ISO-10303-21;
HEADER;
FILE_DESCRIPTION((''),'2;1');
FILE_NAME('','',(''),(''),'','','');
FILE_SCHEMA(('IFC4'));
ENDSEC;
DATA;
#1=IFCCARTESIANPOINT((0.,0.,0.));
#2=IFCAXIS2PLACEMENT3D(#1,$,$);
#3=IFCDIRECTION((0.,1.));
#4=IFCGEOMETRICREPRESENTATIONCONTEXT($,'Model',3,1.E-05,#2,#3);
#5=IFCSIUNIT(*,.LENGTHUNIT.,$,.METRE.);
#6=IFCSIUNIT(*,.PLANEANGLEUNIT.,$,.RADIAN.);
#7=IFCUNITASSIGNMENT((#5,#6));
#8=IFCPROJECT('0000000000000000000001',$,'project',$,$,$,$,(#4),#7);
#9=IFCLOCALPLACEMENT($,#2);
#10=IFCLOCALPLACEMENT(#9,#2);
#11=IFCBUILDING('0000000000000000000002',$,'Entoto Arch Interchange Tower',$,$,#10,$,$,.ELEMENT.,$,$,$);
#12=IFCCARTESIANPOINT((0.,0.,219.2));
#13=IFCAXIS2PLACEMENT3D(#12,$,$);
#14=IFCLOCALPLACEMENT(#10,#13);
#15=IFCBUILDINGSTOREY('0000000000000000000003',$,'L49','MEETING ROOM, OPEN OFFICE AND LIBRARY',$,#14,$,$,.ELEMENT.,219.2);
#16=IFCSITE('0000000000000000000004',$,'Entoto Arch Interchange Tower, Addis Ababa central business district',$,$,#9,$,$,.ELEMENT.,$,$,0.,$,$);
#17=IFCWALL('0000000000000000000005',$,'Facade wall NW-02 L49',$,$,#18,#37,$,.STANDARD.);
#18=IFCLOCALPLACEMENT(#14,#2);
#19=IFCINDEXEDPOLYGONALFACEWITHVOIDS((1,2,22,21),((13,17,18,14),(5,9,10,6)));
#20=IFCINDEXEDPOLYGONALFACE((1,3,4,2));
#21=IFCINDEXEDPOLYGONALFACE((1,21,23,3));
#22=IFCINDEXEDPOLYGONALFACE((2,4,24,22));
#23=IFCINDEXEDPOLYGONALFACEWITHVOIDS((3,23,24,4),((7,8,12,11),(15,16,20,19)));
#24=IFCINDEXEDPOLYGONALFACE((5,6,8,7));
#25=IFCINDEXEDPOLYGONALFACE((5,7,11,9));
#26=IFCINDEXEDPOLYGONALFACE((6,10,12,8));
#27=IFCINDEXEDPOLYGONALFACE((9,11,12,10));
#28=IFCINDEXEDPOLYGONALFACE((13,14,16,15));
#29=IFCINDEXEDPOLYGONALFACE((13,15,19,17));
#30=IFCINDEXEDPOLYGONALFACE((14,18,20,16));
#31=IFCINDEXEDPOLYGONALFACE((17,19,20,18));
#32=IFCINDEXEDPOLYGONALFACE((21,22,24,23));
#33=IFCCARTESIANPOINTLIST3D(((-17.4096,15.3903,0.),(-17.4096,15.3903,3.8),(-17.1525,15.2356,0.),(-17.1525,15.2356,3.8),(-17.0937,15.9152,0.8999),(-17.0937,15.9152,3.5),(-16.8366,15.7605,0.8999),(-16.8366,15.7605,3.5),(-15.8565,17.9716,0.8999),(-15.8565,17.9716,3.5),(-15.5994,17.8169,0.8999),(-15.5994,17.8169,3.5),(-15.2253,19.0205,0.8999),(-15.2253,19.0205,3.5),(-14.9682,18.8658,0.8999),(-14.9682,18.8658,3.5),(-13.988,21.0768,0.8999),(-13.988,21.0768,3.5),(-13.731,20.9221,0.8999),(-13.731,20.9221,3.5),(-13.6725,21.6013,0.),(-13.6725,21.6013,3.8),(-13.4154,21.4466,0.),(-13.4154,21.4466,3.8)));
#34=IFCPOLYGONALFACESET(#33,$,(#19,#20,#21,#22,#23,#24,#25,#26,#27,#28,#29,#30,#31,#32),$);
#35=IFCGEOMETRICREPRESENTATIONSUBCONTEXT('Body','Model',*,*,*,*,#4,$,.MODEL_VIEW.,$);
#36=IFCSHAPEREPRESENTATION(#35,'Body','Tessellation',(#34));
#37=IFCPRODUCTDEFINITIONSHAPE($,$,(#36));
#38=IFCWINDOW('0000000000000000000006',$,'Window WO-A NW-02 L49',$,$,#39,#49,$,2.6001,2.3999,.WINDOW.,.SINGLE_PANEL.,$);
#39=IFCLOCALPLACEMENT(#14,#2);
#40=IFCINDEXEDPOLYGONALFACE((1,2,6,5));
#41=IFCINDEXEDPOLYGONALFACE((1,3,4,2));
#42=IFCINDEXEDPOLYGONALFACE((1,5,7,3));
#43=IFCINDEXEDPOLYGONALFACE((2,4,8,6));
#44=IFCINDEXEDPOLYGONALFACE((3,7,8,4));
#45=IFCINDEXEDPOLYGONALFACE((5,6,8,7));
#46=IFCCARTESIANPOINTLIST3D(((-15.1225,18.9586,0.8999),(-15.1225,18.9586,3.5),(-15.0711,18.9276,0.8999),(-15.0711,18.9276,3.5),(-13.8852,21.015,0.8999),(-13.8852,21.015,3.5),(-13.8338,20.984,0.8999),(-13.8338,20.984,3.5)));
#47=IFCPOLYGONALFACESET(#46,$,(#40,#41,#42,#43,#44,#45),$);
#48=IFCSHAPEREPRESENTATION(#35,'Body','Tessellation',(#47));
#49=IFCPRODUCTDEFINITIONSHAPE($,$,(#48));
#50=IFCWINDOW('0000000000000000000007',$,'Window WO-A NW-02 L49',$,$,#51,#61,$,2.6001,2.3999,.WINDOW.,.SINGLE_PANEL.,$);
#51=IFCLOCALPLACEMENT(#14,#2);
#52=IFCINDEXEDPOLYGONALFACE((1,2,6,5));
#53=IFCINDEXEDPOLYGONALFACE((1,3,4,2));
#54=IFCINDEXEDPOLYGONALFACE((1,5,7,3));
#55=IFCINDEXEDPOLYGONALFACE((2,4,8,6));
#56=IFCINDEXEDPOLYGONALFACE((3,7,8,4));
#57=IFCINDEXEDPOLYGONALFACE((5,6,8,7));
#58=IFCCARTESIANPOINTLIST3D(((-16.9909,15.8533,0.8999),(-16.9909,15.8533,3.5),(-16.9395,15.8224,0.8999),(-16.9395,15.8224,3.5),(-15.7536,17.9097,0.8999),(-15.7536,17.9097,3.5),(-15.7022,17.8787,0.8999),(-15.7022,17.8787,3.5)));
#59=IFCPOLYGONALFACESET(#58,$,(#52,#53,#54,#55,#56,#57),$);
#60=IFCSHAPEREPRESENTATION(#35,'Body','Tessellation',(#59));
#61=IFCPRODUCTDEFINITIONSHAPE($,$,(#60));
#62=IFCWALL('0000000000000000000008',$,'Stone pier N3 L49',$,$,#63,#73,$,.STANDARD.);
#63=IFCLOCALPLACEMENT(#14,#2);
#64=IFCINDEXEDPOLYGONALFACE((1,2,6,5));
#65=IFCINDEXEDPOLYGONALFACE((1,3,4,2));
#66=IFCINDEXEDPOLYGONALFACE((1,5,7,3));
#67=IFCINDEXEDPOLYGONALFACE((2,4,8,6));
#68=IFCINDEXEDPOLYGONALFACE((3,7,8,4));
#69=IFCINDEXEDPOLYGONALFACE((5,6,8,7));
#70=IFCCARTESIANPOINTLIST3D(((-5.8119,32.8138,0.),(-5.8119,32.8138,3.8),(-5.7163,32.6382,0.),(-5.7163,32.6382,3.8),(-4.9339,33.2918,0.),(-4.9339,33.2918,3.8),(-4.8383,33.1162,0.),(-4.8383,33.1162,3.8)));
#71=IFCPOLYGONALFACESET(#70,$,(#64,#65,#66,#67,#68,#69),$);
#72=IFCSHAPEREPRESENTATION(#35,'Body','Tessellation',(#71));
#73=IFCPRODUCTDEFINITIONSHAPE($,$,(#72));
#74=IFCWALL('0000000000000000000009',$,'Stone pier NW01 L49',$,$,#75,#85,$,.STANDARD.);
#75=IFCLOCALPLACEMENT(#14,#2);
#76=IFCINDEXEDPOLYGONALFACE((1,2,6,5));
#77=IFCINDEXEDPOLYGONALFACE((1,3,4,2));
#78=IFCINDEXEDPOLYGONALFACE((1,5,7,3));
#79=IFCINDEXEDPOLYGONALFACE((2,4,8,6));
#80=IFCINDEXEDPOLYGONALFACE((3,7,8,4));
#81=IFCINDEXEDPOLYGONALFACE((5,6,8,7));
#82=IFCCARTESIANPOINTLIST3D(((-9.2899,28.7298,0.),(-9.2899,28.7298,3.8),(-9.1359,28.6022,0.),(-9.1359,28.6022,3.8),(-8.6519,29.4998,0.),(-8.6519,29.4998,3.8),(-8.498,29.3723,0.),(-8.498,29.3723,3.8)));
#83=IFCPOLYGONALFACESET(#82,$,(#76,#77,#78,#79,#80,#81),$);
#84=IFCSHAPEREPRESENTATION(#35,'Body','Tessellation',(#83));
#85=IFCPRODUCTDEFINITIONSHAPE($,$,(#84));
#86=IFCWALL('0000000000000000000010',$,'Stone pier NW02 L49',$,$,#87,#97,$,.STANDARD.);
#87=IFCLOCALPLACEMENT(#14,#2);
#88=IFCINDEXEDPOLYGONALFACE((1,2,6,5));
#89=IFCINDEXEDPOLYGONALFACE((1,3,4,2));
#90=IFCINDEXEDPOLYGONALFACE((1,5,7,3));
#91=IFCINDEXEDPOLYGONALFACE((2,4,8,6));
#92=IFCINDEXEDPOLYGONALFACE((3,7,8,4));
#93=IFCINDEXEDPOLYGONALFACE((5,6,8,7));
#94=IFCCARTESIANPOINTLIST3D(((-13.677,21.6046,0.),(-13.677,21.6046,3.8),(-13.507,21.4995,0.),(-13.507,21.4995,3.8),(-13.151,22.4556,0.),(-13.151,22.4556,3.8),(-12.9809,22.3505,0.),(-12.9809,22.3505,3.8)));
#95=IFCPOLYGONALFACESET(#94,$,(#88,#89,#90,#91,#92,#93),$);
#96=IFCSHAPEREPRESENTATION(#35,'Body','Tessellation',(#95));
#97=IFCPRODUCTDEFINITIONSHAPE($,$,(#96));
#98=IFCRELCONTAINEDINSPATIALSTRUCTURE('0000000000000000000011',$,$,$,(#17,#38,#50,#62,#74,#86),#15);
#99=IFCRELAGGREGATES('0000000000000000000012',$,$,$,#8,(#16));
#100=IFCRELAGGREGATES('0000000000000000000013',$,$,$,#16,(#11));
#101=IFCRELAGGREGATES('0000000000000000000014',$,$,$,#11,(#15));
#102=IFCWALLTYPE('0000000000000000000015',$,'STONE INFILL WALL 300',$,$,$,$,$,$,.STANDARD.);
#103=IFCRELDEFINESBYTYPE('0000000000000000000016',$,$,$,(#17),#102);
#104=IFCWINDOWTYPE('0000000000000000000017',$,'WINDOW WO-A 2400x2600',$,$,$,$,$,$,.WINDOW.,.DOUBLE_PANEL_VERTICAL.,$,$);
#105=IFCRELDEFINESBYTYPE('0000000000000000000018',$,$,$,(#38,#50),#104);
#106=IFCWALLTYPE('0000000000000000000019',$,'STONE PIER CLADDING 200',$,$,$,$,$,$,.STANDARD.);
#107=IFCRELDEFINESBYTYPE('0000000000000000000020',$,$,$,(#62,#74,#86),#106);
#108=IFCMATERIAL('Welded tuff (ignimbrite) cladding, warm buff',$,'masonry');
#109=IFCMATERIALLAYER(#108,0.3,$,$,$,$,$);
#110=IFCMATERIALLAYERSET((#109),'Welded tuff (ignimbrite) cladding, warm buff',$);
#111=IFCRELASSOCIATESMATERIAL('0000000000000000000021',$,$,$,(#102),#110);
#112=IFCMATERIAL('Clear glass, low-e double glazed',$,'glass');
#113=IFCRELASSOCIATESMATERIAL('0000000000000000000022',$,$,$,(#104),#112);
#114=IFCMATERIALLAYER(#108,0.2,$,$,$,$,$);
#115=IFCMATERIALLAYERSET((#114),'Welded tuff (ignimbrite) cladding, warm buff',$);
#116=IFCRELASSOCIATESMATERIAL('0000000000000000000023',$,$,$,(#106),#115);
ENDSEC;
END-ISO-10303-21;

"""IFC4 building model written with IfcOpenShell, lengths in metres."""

from ifc_helpers import new_model, si_unit, direction, frame, frame_2d, origin, place, context, subcontext, project, spatial, rectangle, extrude, material, layer, layer_set, type_object, element, fill, save


model = new_model("IFC4")

# Units and contexts
model_context = context("Model", 3, precision=1e-05, world=origin(), true_north=direction((0.0, 1.0)))
body_context = subcontext(model_context, "Body", "Model", "MODEL_VIEW")
ifc_project = project(units=[si_unit("LENGTHUNIT", "METRE"), si_unit("PLANEANGLEUNIT", "RADIAN")], contexts=[model_context])

# Site, building, storey
site_placement = place(None, origin())
site = spatial("IfcSite", under=ifc_project, at=site_placement, Name="Entoto Arch Interchange Tower, Addis Ababa central business district", CompositionType="ELEMENT", RefElevation=0.0)
building_placement = place(site_placement, origin())
building = spatial("IfcBuilding", under=site, at=building_placement, Name="Entoto Arch Interchange Tower", CompositionType="ELEMENT")
storey_placement = place(building_placement, frame((0.0, 0.0, 219.2)))
storey = spatial("IfcBuildingStorey", under=building, at=storey_placement, Name="L49", Description="MEETING ROOM, OPEN OFFICE AND LIBRARY", CompositionType="ELEMENT", Elevation=219.2)

# Shared definitions
ifc_material_1 = material(Name="Welded tuff (ignimbrite) cladding, warm buff", Category="masonry")
ifc_layer_1 = layer(ifc_material_1, 0.3)
ifc_layer_set_1 = layer_set([ifc_layer_1], Name="Welded tuff (ignimbrite) cladding, warm buff")
wall_type_1 = type_object("IfcWallType", Name="STONE INFILL WALL 300", PredefinedType="STANDARD", material=ifc_layer_set_1)
ifc_material_2 = material(Name="Clear glass, low-e double glazed", Category="glass")

# Wall, openings, windows
window_type_1 = type_object("IfcWindowType", Name="WINDOW WO-A 2400x2600", PartitioningType="DOUBLE_PANEL_VERTICAL", PredefinedType="WINDOW", material=ifc_material_2)
wall_1_placement = place(storey_placement, frame((-13.5439, 21.5239, 0.0), z_axis=(0.0, 0.0, 1.0), x_axis=(-0.51556, -0.856853, 0.0)))
wall_1 = element("IfcWall", 1, at=wall_1_placement, inside=storey, type_object=wall_type_1, Name="Facade wall NW-02 L49", PredefinedType="STANDARD", context=body_context, shape_type="SweptSolid", body=[
    extrude(rectangle(XDim=7.2485, YDim=0.3, at=frame_2d((3.6243, 0.0))), origin(), (0.0, 0.0, 1.0), 3.8),
])
opening_1_placement = place(wall_1_placement, frame((0.6121, 0.0, 0.8999)))
opening_1 = element("IfcOpeningElement", 2, at=opening_1_placement, cuts=wall_1, PredefinedType="OPENING", context=body_context, shape_type="SweptSolid", body=[
    extrude(rectangle(XDim=2.3999, YDim=2.6001, at=frame_2d((1.2, 1.3))), frame((0.0, 0.1602, 0.0), z_axis=(0.0, -1.0, 0.0), x_axis=(1.0, 0.0, 0.0)), (0.0, 0.0, 1.0), 0.3201),
])
opening_2_placement = place(wall_1_placement, frame((4.2361, 0.0, 0.8999)))
opening_2 = element("IfcOpeningElement", 3, at=opening_2_placement, cuts=wall_1, PredefinedType="OPENING", context=body_context, shape_type="SweptSolid", body=[
    extrude(rectangle(XDim=2.3999, YDim=2.6001, at=frame_2d((1.2, 1.3))), frame((0.0, 0.1602, 0.0), z_axis=(0.0, -1.0, 0.0), x_axis=(1.0, 0.0, 0.0)), (0.0, 0.0, 1.0), 0.3201),
])
window_1_placement = place(opening_1_placement, origin())
window_1 = element("IfcWindow", 4, at=window_1_placement, inside=storey, type_object=window_type_1, Name="Window WO-A NW-02 L49", OverallHeight=2.6001, OverallWidth=2.3999, PartitioningType="SINGLE_PANEL", PredefinedType="WINDOW", context=body_context, shape_type="SweptSolid", body=[
    extrude(rectangle(XDim=2.3999, YDim=2.6001, at=frame_2d((1.2, 1.3))), frame((0.0, 0.03, 0.0), z_axis=(0.0, -1.0, 0.0), x_axis=(1.0, 0.0, 0.0)), (0.0, 0.0, 1.0), 0.0601),
])
fill(opening_1, window_1)
window_2_placement = place(opening_2_placement, origin())
window_2 = element("IfcWindow", 5, at=window_2_placement, inside=storey, type_object=window_type_1, Name="Window WO-A NW-02 L49", OverallHeight=2.6001, OverallWidth=2.3999, PartitioningType="SINGLE_PANEL", PredefinedType="WINDOW", context=body_context, shape_type="SweptSolid", body=[
    extrude(rectangle(XDim=2.3999, YDim=2.6001, at=frame_2d((1.2, 1.3))), frame((0.0, 0.03, 0.0), z_axis=(0.0, -1.0, 0.0), x_axis=(1.0, 0.0, 0.0)), (0.0, 0.0, 1.0), 0.0601),
])
fill(opening_2, window_2)

# Walls
ifc_layer_2 = layer(ifc_material_1, 0.2)
ifc_layer_set_2 = layer_set([ifc_layer_2], Name="Welded tuff (ignimbrite) cladding, warm buff")
wall_type_2 = type_object("IfcWallType", Name="STONE PIER CLADDING 200", PredefinedType="STANDARD", material=ifc_layer_set_2)
wall_2_placement = place(storey_placement, frame((-4.886, 33.2041, 0.0), z_axis=(0.0, 0.0, 1.0), x_axis=(-0.87825, -0.478202, 0.0)))
element("IfcWall", 6, at=wall_2_placement, inside=storey, type_object=wall_type_2, Name="Stone pier N3 L49", PredefinedType="STANDARD", context=body_context, shape_type="SweptSolid", body=[
    extrude(rectangle(XDim=0.9998, YDim=0.2, at=frame_2d((0.5, 0.0))), origin(), (0.0, 0.0, 1.0), 3.8),
])
wall_3_placement = place(storey_placement, frame((-8.575, 29.436, 0.0), z_axis=(0.0, 0.0, 1.0), x_axis=(-0.637972, -0.770059, 0.0)))
element("IfcWall", 7, at=wall_3_placement, inside=storey, type_object=wall_type_2, Name="Stone pier NW01 L49", PredefinedType="STANDARD", context=body_context, shape_type="SweptSolid", body=[
    extrude(rectangle(XDim=1.0, YDim=0.2, at=frame_2d((0.5, 0.0))), origin(), (0.0, 0.0, 1.0), 3.8),
])
wall_4_placement = place(storey_placement, frame((-13.0659, 22.4031, 0.0), z_axis=(0.0, 0.0, 1.0), x_axis=(-0.525825, -0.850593, 0.0)))
element("IfcWall", 8, at=wall_4_placement, inside=storey, type_object=wall_type_2, Name="Stone pier NW02 L49", PredefinedType="STANDARD", context=body_context, shape_type="SweptSolid", body=[
    extrude(rectangle(XDim=1.0005, YDim=0.2, at=frame_2d((0.5002, 0.0))), origin(), (0.0, 0.0, 1.0), 3.8),
])

save(model, "model.ifc")
